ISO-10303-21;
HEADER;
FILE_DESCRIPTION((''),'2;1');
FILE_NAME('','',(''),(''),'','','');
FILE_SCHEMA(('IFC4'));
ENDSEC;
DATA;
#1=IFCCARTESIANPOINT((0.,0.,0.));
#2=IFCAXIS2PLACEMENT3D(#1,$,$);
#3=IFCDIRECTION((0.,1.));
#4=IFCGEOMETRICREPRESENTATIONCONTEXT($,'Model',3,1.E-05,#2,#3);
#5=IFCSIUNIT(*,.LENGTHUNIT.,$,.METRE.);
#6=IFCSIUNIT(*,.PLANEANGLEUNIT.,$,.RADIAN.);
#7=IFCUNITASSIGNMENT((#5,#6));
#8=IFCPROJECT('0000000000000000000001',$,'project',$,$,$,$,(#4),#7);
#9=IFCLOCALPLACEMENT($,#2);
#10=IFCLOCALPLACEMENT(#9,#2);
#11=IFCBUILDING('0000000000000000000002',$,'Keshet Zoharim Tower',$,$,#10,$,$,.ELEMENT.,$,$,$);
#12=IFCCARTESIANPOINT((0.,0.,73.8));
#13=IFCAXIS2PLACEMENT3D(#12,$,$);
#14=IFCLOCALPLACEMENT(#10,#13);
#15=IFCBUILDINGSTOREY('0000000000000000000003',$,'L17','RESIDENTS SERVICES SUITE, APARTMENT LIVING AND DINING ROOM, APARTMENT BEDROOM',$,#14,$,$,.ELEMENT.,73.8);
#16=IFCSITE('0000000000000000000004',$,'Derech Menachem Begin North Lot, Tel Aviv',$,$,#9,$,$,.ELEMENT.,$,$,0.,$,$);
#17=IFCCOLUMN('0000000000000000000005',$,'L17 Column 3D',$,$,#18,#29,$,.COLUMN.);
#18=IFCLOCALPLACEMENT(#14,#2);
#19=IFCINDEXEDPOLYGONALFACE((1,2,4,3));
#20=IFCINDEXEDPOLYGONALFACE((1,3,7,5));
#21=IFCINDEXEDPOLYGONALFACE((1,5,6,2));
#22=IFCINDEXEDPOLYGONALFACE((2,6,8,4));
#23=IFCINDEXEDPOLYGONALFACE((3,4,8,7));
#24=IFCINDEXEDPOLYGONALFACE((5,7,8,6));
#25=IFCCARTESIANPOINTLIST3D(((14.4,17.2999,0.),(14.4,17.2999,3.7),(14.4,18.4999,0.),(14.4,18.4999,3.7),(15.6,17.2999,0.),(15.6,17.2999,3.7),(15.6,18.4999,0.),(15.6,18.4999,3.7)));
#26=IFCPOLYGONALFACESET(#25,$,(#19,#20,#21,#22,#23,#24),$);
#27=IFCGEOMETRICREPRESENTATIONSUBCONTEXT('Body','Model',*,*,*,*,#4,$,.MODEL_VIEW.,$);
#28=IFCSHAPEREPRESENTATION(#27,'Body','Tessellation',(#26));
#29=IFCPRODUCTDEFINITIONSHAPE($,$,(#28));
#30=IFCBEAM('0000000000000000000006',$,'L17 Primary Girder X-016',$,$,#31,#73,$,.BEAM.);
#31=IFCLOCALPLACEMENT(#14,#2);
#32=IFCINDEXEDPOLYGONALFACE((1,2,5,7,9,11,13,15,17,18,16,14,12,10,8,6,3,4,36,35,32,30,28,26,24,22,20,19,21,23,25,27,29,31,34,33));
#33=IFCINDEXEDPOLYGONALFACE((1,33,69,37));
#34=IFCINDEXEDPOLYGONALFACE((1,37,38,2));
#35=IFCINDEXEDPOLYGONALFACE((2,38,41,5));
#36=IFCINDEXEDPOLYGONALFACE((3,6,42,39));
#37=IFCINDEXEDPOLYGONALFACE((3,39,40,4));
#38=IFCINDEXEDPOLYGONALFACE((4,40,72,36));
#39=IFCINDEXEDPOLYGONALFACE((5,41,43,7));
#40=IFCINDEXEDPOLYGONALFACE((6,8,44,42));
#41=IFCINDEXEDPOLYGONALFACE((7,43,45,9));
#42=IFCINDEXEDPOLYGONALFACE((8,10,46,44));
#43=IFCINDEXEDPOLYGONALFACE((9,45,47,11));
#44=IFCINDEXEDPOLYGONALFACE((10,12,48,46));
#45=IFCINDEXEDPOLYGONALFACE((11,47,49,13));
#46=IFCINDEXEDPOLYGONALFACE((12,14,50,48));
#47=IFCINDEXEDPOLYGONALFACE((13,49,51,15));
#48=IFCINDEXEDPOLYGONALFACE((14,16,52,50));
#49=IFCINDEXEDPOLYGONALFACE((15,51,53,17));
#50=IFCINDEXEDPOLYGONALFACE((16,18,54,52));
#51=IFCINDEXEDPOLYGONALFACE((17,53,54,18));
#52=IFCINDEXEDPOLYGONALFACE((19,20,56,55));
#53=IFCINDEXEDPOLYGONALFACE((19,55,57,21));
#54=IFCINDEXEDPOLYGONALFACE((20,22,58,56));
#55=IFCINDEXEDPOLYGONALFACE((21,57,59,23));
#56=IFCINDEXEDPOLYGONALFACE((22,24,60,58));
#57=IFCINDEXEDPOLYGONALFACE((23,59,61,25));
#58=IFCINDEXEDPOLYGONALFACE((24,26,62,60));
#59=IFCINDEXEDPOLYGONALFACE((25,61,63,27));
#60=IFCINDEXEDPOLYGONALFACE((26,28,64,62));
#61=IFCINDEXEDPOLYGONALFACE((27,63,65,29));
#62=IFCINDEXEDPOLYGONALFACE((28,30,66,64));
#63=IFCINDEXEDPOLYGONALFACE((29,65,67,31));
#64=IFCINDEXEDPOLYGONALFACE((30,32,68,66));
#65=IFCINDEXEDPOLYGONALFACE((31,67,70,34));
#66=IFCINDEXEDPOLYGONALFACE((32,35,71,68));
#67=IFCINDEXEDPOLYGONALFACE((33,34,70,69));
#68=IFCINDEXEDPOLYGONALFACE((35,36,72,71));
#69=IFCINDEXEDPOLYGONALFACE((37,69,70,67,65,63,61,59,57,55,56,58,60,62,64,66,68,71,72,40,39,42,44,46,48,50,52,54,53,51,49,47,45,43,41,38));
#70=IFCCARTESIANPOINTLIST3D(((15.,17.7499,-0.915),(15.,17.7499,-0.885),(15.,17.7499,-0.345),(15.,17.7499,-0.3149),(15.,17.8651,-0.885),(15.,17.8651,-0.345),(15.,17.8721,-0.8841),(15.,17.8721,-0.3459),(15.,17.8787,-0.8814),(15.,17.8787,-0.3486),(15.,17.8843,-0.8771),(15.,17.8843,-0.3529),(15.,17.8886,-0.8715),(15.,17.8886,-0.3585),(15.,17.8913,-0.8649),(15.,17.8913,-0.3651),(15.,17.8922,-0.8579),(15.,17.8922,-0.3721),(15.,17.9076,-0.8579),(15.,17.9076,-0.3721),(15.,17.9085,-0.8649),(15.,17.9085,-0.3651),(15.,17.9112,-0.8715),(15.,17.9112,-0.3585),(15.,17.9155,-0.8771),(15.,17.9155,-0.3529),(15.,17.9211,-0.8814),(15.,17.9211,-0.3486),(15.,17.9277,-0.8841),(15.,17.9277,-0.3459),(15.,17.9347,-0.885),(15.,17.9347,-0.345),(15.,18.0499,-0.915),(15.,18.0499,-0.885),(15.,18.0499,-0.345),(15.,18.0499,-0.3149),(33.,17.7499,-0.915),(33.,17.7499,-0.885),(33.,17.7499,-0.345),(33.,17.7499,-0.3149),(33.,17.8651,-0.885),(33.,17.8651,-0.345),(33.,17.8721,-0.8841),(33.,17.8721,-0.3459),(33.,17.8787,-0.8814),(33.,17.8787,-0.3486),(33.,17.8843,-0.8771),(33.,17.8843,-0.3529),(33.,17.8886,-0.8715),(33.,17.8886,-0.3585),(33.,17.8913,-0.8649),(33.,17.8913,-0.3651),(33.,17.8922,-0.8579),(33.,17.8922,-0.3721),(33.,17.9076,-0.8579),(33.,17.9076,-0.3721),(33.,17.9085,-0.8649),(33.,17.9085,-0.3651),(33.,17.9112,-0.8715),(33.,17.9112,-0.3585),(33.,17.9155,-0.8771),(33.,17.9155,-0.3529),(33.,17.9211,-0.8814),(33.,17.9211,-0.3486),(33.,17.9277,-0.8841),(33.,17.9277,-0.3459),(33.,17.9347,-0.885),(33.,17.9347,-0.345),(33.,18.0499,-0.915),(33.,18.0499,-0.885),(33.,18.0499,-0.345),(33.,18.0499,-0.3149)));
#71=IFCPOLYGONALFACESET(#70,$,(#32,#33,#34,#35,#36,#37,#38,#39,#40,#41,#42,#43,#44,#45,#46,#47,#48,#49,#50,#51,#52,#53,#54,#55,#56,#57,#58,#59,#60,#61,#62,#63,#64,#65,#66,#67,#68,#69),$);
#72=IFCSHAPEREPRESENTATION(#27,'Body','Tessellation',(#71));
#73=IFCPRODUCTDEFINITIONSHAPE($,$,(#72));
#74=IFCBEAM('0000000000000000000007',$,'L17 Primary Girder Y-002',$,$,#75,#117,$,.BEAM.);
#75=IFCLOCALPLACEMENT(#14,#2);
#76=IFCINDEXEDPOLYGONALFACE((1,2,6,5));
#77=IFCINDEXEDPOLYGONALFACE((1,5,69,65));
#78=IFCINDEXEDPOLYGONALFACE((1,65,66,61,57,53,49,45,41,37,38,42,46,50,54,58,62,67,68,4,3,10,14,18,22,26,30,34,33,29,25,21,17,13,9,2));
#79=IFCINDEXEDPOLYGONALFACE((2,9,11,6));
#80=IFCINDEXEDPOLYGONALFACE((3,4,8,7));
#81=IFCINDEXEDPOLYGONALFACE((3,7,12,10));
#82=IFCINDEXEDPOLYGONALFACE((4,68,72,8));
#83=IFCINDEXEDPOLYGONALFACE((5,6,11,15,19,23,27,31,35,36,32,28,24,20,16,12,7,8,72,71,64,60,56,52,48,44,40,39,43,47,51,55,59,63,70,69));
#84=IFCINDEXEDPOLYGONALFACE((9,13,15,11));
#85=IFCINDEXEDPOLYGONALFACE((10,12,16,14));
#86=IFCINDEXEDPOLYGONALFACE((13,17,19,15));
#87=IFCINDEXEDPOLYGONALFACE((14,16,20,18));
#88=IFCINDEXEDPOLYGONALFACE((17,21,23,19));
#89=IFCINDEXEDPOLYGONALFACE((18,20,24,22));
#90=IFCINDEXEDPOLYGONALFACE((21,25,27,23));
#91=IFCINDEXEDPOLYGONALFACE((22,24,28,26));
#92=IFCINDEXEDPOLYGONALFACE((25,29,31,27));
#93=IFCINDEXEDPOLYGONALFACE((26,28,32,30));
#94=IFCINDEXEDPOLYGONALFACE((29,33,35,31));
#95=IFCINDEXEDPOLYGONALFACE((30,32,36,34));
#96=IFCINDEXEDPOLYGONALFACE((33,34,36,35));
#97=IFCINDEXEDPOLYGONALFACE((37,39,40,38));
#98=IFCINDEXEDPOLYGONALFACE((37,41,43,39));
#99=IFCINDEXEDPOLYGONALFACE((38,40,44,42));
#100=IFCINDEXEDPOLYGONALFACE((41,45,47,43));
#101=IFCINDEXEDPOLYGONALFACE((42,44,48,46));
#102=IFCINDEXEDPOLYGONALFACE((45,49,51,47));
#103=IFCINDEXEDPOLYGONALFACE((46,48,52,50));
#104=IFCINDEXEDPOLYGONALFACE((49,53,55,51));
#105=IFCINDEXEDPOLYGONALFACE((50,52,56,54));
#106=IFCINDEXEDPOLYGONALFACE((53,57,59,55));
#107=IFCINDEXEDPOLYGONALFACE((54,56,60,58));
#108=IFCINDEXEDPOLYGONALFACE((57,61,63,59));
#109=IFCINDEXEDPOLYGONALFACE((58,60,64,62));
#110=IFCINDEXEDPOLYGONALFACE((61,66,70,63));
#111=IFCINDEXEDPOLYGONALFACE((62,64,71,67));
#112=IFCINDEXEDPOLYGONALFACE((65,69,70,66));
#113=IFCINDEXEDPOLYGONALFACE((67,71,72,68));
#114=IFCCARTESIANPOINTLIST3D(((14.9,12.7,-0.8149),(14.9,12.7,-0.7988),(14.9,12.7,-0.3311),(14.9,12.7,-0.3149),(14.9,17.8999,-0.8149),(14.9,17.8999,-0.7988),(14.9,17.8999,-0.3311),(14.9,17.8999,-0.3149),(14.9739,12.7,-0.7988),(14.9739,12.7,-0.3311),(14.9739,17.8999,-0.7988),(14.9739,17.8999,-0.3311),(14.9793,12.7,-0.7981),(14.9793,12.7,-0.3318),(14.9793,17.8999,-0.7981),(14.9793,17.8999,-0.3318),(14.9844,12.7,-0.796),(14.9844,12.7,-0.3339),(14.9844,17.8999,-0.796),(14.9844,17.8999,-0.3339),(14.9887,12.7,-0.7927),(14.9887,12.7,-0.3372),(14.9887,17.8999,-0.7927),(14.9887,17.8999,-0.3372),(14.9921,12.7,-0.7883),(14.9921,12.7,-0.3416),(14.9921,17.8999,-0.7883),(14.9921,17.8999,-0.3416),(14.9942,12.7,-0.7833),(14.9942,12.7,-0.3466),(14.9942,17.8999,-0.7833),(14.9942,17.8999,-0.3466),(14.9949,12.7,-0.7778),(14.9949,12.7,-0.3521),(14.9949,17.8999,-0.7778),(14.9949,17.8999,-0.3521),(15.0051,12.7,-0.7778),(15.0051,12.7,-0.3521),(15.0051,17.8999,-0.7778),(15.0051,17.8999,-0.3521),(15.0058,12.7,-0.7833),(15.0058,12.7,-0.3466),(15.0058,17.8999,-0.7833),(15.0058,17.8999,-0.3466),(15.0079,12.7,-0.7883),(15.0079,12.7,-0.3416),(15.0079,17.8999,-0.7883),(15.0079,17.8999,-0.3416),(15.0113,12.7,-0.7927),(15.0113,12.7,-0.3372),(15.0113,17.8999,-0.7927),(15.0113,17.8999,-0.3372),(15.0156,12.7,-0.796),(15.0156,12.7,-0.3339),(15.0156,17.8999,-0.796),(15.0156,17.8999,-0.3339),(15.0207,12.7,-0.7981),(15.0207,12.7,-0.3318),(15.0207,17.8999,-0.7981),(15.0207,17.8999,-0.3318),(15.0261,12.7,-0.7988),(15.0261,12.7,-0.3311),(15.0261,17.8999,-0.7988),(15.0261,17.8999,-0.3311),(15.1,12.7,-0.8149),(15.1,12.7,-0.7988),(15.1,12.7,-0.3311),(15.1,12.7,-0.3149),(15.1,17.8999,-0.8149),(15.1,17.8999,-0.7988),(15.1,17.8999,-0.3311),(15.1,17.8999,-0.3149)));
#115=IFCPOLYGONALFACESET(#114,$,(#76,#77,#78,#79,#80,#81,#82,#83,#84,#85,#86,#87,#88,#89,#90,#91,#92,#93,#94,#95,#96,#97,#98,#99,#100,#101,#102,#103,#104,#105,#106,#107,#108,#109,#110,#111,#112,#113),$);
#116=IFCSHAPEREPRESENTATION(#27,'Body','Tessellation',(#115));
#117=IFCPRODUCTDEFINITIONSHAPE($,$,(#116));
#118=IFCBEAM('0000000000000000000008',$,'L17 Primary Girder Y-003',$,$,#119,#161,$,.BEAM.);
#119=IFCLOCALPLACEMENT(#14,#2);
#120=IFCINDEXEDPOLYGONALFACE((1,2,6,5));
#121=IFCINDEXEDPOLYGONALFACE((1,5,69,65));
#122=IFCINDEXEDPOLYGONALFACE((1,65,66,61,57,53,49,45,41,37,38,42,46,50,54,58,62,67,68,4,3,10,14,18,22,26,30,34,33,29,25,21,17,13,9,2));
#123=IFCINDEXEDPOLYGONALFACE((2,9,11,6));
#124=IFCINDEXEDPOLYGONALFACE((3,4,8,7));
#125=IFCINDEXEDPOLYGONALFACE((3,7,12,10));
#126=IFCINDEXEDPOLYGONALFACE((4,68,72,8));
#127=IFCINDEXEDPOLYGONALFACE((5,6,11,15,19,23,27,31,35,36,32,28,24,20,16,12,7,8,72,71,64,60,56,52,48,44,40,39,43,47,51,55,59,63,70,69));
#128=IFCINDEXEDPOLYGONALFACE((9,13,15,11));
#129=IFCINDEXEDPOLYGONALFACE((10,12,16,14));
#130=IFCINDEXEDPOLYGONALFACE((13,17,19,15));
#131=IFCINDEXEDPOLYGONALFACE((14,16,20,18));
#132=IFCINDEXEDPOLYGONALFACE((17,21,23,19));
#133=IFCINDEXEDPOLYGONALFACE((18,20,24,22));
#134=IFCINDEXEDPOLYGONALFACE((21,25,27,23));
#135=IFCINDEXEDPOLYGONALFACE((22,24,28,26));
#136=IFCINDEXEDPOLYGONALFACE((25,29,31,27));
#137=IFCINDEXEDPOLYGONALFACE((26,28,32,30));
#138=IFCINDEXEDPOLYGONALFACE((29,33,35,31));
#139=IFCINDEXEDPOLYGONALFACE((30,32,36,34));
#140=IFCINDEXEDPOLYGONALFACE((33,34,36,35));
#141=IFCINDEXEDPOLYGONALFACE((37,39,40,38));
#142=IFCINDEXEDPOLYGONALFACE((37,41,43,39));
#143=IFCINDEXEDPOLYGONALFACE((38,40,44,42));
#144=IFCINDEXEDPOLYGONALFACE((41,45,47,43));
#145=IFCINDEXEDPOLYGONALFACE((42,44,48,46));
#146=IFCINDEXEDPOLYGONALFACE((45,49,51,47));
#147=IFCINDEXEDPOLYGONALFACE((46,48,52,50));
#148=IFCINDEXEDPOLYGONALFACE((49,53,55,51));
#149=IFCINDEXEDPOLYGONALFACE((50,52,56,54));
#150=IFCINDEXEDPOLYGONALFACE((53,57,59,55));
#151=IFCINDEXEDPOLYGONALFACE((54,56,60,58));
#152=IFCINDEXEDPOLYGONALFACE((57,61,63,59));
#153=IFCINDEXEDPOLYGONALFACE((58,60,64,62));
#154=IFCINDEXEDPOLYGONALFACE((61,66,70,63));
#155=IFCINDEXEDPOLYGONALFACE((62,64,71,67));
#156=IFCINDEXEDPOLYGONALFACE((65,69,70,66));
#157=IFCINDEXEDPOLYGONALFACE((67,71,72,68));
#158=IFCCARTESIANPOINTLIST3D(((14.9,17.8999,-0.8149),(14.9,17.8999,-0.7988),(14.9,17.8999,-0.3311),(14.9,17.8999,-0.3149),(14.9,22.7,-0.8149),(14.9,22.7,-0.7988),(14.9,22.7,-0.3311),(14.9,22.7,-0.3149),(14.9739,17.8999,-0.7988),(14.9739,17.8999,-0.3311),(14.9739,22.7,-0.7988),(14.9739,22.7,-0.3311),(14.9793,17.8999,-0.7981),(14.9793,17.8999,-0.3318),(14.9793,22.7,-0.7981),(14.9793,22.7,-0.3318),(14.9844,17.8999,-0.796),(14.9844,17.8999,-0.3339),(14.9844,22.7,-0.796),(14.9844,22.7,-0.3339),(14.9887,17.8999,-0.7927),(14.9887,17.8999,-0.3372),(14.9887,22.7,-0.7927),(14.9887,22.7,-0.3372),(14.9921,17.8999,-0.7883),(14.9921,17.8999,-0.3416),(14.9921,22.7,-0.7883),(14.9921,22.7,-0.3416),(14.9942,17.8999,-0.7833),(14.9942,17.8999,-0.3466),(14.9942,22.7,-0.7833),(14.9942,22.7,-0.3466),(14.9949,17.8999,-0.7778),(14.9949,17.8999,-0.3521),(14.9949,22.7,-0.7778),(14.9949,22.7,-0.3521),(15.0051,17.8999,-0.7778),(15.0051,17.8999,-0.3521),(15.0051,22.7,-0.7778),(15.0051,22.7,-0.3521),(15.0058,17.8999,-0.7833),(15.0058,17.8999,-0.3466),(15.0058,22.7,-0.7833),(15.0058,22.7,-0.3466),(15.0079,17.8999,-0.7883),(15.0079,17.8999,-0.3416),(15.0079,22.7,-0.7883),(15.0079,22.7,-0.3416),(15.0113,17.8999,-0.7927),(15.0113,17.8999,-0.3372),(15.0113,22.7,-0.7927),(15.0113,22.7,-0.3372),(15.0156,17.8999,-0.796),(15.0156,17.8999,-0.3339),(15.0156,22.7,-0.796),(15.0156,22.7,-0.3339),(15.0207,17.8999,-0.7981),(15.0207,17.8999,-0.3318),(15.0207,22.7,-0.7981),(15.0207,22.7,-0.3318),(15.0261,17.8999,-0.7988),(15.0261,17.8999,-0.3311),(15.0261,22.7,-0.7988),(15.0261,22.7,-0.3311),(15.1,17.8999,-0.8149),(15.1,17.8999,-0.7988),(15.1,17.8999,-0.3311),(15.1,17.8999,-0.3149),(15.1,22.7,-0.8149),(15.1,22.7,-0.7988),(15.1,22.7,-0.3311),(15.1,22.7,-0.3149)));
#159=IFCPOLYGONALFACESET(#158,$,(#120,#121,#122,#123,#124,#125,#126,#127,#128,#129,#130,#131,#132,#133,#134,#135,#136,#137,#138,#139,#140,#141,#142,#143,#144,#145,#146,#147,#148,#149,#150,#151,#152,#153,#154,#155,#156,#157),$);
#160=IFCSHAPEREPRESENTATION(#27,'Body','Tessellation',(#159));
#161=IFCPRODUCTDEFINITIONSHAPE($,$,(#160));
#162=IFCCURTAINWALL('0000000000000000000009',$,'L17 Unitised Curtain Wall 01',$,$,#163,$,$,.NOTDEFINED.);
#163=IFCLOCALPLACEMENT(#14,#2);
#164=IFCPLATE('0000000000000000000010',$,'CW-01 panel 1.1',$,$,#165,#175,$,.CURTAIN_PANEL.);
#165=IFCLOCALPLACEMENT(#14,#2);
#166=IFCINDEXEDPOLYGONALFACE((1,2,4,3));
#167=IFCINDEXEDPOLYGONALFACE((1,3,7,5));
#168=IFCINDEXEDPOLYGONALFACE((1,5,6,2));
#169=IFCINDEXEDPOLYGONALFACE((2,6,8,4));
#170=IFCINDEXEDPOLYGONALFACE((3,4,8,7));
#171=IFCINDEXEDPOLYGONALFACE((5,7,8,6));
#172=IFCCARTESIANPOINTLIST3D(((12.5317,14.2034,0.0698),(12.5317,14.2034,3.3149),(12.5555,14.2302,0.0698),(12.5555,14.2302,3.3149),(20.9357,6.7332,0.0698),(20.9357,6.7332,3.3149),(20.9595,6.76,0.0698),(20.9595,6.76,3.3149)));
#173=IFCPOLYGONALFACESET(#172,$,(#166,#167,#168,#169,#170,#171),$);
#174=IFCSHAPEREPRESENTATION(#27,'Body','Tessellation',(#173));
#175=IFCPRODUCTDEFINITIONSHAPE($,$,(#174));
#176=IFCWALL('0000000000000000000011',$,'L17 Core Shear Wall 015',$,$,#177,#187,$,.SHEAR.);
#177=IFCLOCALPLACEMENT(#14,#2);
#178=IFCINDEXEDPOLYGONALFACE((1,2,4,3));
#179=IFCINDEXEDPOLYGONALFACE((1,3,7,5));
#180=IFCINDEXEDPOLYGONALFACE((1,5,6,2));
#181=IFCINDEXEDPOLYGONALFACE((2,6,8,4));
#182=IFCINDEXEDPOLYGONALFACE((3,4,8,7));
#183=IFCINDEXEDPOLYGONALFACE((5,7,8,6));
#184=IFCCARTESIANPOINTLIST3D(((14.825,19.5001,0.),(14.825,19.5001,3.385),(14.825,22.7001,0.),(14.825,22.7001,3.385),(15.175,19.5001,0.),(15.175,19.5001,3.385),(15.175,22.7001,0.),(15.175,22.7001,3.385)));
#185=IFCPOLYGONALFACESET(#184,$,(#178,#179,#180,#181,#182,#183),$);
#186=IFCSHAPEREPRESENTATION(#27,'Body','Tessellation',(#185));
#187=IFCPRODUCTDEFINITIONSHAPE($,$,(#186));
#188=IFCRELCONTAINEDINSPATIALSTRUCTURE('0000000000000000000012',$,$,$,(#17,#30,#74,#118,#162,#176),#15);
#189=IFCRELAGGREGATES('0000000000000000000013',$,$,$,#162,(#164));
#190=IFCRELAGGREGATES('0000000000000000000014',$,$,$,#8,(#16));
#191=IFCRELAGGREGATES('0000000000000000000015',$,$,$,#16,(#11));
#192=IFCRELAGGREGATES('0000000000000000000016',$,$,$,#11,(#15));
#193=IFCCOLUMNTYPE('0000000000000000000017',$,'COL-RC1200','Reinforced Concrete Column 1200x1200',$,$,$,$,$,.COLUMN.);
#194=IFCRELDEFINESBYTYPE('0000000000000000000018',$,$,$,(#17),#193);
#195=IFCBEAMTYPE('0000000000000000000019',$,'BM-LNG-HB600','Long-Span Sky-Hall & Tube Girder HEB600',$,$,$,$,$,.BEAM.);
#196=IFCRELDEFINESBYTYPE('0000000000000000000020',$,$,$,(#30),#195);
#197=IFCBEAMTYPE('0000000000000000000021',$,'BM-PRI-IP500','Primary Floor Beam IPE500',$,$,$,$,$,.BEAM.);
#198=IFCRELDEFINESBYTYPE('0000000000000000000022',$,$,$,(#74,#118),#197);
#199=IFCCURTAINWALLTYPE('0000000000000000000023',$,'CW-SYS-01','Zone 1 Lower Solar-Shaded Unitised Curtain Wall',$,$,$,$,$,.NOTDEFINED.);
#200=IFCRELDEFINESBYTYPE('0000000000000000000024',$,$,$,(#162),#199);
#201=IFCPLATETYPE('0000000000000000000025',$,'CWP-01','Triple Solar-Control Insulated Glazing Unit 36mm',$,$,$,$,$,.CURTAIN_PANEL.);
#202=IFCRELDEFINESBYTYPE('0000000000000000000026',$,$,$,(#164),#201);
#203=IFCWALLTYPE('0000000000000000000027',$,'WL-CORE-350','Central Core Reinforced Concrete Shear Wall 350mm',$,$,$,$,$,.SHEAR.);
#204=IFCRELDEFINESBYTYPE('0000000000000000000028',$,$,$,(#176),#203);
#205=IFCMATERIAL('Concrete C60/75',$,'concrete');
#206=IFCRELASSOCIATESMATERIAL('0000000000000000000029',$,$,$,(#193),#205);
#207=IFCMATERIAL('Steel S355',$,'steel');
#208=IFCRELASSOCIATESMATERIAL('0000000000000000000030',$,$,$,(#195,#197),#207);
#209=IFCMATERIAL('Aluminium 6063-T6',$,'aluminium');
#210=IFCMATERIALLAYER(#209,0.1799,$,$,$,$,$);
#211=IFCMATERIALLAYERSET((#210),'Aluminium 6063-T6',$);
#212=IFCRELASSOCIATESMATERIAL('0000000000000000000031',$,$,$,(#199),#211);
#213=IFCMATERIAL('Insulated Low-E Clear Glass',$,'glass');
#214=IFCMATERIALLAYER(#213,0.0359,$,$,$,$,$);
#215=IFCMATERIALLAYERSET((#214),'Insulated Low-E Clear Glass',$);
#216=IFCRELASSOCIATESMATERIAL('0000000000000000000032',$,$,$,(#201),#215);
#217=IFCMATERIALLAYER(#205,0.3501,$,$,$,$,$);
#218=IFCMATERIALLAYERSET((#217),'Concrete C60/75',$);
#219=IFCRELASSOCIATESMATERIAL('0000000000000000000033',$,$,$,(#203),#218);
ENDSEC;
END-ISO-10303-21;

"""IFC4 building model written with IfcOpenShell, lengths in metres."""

from ifc_helpers import new_model, si_unit, direction, frame, frame_2d, origin, origin_2d, place, context, subcontext, project, spatial, rectangle, i_section, extrude, material, layer, layer_set, material_profile, profile_set, type_object, element, aggregate, save


model = new_model("IFC4")

# Units and contexts
model_context = context("Model", 3, precision=1e-05, world=origin(), true_north=direction((0.0, 1.0)))
body_context = subcontext(model_context, "Body", "Model", "MODEL_VIEW")
ifc_project = project(units=[si_unit("LENGTHUNIT", "METRE"), si_unit("PLANEANGLEUNIT", "RADIAN")], contexts=[model_context])

# Site, building, storey
site_placement = place(None, origin())
site = spatial("IfcSite", under=ifc_project, at=site_placement, Name="Derech Menachem Begin North Lot, Tel Aviv", CompositionType="ELEMENT", RefElevation=0.0)
building_placement = place(site_placement, origin())
building = spatial("IfcBuilding", under=site, at=building_placement, Name="Keshet Zoharim Tower", CompositionType="ELEMENT")
storey_placement = place(building_placement, frame((0.0, 0.0, 73.8)))
storey = spatial("IfcBuildingStorey", under=building, at=storey_placement, Name="L17", Description="RESIDENTS SERVICES SUITE, APARTMENT LIVING AND DINING ROOM, APARTMENT BEDROOM", CompositionType="ELEMENT", Elevation=73.8)

# Column
ifc_material_1 = material(Name="Concrete C60/75", Category="concrete")
ifc_material_profile_1 = material_profile(ifc_material_1, rectangle(XDim=1.2, YDim=1.2, at=origin_2d()), Name="RC1200x1200")
ifc_profile_set_1 = profile_set([ifc_material_profile_1], Name="Concrete C60/75")
column_type = type_object("IfcColumnType", Name="COL-RC1200", Description="Reinforced Concrete Column 1200x1200", PredefinedType="COLUMN", material=ifc_profile_set_1)
column_placement = place(storey_placement, frame((15.0, 17.8999, 0.0), z_axis=(0.0, 0.0, 1.0), x_axis=(1.0, 0.0, 0.0)))
element("IfcColumn", 1, at=column_placement, inside=storey, type_object=column_type, Name="L17 Column 3D", PredefinedType="COLUMN", context=body_context, shape_type="SweptSolid", body=[
    extrude(rectangle(XDim=1.2, YDim=1.2, at=origin_2d()), origin(), (0.0, 0.0, 1.0), 3.7),
])

# Beams
ifc_material_2 = material(Name="Steel S355", Category="steel")
ifc_material_profile_2 = material_profile(ifc_material_2, i_section(OverallWidth=0.3, OverallDepth=0.6001, WebThickness=0.0154, FlangeThickness=0.03, FilletRadius=0.0271, at=origin_2d()), Name="HEB600")
ifc_profile_set_2 = profile_set([ifc_material_profile_2], Name="Steel S355")
beam_type_1 = type_object("IfcBeamType", Name="BM-LNG-HB600", Description="Long-Span Sky-Hall & Tube Girder HEB600", PredefinedType="BEAM", material=ifc_profile_set_2)
beam_1_placement = place(storey_placement, frame((15.0, 17.8999, -0.615), z_axis=(1.0, 0.0, 0.0), x_axis=(0.0, 1.0, 0.0)))
element("IfcBeam", 2, at=beam_1_placement, inside=storey, type_object=beam_type_1, Name="L17 Primary Girder X-016", PredefinedType="BEAM", context=body_context, shape_type="SweptSolid", body=[
    extrude(i_section(OverallWidth=0.3, OverallDepth=0.6001, WebThickness=0.0154, FlangeThickness=0.03, FilletRadius=0.0271, at=origin_2d()), origin(), (0.0, 0.0, 1.0), 18.0),
])
ifc_material_profile_3 = material_profile(ifc_material_2, i_section(OverallWidth=0.2, OverallDepth=0.5, WebThickness=0.0103, FlangeThickness=0.0161, FilletRadius=0.021, at=origin_2d()), Name="IPE500")
ifc_profile_set_3 = profile_set([ifc_material_profile_3], Name="Steel S355")
beam_type_2 = type_object("IfcBeamType", Name="BM-PRI-IP500", Description="Primary Floor Beam IPE500", PredefinedType="BEAM", material=ifc_profile_set_3)
beam_2_placement = place(storey_placement, frame((15.0, 12.7, -0.5649), z_axis=(0.0, 1.0, 0.0), x_axis=(-1.0, 0.0, 0.0)))
element("IfcBeam", 3, at=beam_2_placement, inside=storey, type_object=beam_type_2, Name="L17 Primary Girder Y-002", PredefinedType="BEAM", context=body_context, shape_type="SweptSolid", body=[
    extrude(i_section(OverallWidth=0.2, OverallDepth=0.5, WebThickness=0.0103, FlangeThickness=0.0161, FilletRadius=0.021, at=origin_2d()), origin(), (0.0, 0.0, 1.0), 5.2),
])
beam_3_placement = place(storey_placement, frame((15.0, 17.8999, -0.5649), z_axis=(0.0, 1.0, 0.0), x_axis=(-1.0, 0.0, 0.0)))
element("IfcBeam", 4, at=beam_3_placement, inside=storey, type_object=beam_type_2, Name="L17 Primary Girder Y-003", PredefinedType="BEAM", context=body_context, shape_type="SweptSolid", body=[
    extrude(i_section(OverallWidth=0.2, OverallDepth=0.5, WebThickness=0.0103, FlangeThickness=0.0161, FilletRadius=0.021, at=origin_2d()), origin(), (0.0, 0.0, 1.0), 4.8),
])

# Curtain wall, plate
ifc_material_3 = material(Name="Aluminium 6063-T6", Category="aluminium")
ifc_layer_1 = layer(ifc_material_3, 0.1799)
ifc_layer_set_1 = layer_set([ifc_layer_1], Name="Aluminium 6063-T6")
curtain_wall_type = type_object("IfcCurtainWallType", Name="CW-SYS-01", Description="Zone 1 Lower Solar-Shaded Unitised Curtain Wall", PredefinedType="NOTDEFINED", material=ifc_layer_set_1)
curtain_wall_placement = place(storey_placement, origin())
curtain_wall = element("IfcCurtainWall", 5, at=curtain_wall_placement, inside=storey, type_object=curtain_wall_type, Name="L17 Unitised Curtain Wall 01", PredefinedType="NOTDEFINED")
ifc_material_4 = material(Name="Insulated Low-E Clear Glass", Category="glass")
ifc_layer_2 = layer(ifc_material_4, 0.0359)
ifc_layer_set_2 = layer_set([ifc_layer_2], Name="Insulated Low-E Clear Glass")
plate_type = type_object("IfcPlateType", Name="CWP-01", Description="Triple Solar-Control Insulated Glazing Unit 36mm", PredefinedType="CURTAIN_PANEL", material=ifc_layer_set_2)
plate_placement = place(storey_placement, frame((16.7456, 10.4817, 0.0698), z_axis=(0.0, 0.0, 1.0), x_axis=(-0.747409, 0.664364, 0.0)))
plate = element("IfcPlate", 6, at=plate_placement, type_object=plate_type, Name="CW-01 panel 1.1", PredefinedType="CURTAIN_PANEL", context=body_context, shape_type="SweptSolid", body=[
    extrude(rectangle(XDim=11.2441, YDim=0.0359, at=origin_2d()), origin(), (0.0, 0.0, 1.0), 3.2451),
])
aggregate(curtain_wall, [plate])

# Wall
ifc_layer_3 = layer(ifc_material_1, 0.3501)
ifc_layer_set_3 = layer_set([ifc_layer_3], Name="Concrete C60/75")
wall_type_1 = type_object("IfcWallType", Name="WL-CORE-350", Description="Central Core Reinforced Concrete Shear Wall 350mm", PredefinedType="SHEAR", material=ifc_layer_set_3)
wall_1_placement = place(storey_placement, frame((15.0, 19.5, 0.0), z_axis=(0.0, 0.0, 1.0), x_axis=(0.0, 1.0, 0.0)))
element("IfcWall", 7, at=wall_1_placement, inside=storey, type_object=wall_type_1, Name="L17 Core Shear Wall 015", PredefinedType="SHEAR", context=body_context, shape_type="SweptSolid", body=[
    extrude(rectangle(XDim=3.2, YDim=0.3501, at=frame_2d((1.6001, 0.0))), origin(), (0.0, 0.0, 1.0), 3.385),
])

save(model, "model.ifc")
